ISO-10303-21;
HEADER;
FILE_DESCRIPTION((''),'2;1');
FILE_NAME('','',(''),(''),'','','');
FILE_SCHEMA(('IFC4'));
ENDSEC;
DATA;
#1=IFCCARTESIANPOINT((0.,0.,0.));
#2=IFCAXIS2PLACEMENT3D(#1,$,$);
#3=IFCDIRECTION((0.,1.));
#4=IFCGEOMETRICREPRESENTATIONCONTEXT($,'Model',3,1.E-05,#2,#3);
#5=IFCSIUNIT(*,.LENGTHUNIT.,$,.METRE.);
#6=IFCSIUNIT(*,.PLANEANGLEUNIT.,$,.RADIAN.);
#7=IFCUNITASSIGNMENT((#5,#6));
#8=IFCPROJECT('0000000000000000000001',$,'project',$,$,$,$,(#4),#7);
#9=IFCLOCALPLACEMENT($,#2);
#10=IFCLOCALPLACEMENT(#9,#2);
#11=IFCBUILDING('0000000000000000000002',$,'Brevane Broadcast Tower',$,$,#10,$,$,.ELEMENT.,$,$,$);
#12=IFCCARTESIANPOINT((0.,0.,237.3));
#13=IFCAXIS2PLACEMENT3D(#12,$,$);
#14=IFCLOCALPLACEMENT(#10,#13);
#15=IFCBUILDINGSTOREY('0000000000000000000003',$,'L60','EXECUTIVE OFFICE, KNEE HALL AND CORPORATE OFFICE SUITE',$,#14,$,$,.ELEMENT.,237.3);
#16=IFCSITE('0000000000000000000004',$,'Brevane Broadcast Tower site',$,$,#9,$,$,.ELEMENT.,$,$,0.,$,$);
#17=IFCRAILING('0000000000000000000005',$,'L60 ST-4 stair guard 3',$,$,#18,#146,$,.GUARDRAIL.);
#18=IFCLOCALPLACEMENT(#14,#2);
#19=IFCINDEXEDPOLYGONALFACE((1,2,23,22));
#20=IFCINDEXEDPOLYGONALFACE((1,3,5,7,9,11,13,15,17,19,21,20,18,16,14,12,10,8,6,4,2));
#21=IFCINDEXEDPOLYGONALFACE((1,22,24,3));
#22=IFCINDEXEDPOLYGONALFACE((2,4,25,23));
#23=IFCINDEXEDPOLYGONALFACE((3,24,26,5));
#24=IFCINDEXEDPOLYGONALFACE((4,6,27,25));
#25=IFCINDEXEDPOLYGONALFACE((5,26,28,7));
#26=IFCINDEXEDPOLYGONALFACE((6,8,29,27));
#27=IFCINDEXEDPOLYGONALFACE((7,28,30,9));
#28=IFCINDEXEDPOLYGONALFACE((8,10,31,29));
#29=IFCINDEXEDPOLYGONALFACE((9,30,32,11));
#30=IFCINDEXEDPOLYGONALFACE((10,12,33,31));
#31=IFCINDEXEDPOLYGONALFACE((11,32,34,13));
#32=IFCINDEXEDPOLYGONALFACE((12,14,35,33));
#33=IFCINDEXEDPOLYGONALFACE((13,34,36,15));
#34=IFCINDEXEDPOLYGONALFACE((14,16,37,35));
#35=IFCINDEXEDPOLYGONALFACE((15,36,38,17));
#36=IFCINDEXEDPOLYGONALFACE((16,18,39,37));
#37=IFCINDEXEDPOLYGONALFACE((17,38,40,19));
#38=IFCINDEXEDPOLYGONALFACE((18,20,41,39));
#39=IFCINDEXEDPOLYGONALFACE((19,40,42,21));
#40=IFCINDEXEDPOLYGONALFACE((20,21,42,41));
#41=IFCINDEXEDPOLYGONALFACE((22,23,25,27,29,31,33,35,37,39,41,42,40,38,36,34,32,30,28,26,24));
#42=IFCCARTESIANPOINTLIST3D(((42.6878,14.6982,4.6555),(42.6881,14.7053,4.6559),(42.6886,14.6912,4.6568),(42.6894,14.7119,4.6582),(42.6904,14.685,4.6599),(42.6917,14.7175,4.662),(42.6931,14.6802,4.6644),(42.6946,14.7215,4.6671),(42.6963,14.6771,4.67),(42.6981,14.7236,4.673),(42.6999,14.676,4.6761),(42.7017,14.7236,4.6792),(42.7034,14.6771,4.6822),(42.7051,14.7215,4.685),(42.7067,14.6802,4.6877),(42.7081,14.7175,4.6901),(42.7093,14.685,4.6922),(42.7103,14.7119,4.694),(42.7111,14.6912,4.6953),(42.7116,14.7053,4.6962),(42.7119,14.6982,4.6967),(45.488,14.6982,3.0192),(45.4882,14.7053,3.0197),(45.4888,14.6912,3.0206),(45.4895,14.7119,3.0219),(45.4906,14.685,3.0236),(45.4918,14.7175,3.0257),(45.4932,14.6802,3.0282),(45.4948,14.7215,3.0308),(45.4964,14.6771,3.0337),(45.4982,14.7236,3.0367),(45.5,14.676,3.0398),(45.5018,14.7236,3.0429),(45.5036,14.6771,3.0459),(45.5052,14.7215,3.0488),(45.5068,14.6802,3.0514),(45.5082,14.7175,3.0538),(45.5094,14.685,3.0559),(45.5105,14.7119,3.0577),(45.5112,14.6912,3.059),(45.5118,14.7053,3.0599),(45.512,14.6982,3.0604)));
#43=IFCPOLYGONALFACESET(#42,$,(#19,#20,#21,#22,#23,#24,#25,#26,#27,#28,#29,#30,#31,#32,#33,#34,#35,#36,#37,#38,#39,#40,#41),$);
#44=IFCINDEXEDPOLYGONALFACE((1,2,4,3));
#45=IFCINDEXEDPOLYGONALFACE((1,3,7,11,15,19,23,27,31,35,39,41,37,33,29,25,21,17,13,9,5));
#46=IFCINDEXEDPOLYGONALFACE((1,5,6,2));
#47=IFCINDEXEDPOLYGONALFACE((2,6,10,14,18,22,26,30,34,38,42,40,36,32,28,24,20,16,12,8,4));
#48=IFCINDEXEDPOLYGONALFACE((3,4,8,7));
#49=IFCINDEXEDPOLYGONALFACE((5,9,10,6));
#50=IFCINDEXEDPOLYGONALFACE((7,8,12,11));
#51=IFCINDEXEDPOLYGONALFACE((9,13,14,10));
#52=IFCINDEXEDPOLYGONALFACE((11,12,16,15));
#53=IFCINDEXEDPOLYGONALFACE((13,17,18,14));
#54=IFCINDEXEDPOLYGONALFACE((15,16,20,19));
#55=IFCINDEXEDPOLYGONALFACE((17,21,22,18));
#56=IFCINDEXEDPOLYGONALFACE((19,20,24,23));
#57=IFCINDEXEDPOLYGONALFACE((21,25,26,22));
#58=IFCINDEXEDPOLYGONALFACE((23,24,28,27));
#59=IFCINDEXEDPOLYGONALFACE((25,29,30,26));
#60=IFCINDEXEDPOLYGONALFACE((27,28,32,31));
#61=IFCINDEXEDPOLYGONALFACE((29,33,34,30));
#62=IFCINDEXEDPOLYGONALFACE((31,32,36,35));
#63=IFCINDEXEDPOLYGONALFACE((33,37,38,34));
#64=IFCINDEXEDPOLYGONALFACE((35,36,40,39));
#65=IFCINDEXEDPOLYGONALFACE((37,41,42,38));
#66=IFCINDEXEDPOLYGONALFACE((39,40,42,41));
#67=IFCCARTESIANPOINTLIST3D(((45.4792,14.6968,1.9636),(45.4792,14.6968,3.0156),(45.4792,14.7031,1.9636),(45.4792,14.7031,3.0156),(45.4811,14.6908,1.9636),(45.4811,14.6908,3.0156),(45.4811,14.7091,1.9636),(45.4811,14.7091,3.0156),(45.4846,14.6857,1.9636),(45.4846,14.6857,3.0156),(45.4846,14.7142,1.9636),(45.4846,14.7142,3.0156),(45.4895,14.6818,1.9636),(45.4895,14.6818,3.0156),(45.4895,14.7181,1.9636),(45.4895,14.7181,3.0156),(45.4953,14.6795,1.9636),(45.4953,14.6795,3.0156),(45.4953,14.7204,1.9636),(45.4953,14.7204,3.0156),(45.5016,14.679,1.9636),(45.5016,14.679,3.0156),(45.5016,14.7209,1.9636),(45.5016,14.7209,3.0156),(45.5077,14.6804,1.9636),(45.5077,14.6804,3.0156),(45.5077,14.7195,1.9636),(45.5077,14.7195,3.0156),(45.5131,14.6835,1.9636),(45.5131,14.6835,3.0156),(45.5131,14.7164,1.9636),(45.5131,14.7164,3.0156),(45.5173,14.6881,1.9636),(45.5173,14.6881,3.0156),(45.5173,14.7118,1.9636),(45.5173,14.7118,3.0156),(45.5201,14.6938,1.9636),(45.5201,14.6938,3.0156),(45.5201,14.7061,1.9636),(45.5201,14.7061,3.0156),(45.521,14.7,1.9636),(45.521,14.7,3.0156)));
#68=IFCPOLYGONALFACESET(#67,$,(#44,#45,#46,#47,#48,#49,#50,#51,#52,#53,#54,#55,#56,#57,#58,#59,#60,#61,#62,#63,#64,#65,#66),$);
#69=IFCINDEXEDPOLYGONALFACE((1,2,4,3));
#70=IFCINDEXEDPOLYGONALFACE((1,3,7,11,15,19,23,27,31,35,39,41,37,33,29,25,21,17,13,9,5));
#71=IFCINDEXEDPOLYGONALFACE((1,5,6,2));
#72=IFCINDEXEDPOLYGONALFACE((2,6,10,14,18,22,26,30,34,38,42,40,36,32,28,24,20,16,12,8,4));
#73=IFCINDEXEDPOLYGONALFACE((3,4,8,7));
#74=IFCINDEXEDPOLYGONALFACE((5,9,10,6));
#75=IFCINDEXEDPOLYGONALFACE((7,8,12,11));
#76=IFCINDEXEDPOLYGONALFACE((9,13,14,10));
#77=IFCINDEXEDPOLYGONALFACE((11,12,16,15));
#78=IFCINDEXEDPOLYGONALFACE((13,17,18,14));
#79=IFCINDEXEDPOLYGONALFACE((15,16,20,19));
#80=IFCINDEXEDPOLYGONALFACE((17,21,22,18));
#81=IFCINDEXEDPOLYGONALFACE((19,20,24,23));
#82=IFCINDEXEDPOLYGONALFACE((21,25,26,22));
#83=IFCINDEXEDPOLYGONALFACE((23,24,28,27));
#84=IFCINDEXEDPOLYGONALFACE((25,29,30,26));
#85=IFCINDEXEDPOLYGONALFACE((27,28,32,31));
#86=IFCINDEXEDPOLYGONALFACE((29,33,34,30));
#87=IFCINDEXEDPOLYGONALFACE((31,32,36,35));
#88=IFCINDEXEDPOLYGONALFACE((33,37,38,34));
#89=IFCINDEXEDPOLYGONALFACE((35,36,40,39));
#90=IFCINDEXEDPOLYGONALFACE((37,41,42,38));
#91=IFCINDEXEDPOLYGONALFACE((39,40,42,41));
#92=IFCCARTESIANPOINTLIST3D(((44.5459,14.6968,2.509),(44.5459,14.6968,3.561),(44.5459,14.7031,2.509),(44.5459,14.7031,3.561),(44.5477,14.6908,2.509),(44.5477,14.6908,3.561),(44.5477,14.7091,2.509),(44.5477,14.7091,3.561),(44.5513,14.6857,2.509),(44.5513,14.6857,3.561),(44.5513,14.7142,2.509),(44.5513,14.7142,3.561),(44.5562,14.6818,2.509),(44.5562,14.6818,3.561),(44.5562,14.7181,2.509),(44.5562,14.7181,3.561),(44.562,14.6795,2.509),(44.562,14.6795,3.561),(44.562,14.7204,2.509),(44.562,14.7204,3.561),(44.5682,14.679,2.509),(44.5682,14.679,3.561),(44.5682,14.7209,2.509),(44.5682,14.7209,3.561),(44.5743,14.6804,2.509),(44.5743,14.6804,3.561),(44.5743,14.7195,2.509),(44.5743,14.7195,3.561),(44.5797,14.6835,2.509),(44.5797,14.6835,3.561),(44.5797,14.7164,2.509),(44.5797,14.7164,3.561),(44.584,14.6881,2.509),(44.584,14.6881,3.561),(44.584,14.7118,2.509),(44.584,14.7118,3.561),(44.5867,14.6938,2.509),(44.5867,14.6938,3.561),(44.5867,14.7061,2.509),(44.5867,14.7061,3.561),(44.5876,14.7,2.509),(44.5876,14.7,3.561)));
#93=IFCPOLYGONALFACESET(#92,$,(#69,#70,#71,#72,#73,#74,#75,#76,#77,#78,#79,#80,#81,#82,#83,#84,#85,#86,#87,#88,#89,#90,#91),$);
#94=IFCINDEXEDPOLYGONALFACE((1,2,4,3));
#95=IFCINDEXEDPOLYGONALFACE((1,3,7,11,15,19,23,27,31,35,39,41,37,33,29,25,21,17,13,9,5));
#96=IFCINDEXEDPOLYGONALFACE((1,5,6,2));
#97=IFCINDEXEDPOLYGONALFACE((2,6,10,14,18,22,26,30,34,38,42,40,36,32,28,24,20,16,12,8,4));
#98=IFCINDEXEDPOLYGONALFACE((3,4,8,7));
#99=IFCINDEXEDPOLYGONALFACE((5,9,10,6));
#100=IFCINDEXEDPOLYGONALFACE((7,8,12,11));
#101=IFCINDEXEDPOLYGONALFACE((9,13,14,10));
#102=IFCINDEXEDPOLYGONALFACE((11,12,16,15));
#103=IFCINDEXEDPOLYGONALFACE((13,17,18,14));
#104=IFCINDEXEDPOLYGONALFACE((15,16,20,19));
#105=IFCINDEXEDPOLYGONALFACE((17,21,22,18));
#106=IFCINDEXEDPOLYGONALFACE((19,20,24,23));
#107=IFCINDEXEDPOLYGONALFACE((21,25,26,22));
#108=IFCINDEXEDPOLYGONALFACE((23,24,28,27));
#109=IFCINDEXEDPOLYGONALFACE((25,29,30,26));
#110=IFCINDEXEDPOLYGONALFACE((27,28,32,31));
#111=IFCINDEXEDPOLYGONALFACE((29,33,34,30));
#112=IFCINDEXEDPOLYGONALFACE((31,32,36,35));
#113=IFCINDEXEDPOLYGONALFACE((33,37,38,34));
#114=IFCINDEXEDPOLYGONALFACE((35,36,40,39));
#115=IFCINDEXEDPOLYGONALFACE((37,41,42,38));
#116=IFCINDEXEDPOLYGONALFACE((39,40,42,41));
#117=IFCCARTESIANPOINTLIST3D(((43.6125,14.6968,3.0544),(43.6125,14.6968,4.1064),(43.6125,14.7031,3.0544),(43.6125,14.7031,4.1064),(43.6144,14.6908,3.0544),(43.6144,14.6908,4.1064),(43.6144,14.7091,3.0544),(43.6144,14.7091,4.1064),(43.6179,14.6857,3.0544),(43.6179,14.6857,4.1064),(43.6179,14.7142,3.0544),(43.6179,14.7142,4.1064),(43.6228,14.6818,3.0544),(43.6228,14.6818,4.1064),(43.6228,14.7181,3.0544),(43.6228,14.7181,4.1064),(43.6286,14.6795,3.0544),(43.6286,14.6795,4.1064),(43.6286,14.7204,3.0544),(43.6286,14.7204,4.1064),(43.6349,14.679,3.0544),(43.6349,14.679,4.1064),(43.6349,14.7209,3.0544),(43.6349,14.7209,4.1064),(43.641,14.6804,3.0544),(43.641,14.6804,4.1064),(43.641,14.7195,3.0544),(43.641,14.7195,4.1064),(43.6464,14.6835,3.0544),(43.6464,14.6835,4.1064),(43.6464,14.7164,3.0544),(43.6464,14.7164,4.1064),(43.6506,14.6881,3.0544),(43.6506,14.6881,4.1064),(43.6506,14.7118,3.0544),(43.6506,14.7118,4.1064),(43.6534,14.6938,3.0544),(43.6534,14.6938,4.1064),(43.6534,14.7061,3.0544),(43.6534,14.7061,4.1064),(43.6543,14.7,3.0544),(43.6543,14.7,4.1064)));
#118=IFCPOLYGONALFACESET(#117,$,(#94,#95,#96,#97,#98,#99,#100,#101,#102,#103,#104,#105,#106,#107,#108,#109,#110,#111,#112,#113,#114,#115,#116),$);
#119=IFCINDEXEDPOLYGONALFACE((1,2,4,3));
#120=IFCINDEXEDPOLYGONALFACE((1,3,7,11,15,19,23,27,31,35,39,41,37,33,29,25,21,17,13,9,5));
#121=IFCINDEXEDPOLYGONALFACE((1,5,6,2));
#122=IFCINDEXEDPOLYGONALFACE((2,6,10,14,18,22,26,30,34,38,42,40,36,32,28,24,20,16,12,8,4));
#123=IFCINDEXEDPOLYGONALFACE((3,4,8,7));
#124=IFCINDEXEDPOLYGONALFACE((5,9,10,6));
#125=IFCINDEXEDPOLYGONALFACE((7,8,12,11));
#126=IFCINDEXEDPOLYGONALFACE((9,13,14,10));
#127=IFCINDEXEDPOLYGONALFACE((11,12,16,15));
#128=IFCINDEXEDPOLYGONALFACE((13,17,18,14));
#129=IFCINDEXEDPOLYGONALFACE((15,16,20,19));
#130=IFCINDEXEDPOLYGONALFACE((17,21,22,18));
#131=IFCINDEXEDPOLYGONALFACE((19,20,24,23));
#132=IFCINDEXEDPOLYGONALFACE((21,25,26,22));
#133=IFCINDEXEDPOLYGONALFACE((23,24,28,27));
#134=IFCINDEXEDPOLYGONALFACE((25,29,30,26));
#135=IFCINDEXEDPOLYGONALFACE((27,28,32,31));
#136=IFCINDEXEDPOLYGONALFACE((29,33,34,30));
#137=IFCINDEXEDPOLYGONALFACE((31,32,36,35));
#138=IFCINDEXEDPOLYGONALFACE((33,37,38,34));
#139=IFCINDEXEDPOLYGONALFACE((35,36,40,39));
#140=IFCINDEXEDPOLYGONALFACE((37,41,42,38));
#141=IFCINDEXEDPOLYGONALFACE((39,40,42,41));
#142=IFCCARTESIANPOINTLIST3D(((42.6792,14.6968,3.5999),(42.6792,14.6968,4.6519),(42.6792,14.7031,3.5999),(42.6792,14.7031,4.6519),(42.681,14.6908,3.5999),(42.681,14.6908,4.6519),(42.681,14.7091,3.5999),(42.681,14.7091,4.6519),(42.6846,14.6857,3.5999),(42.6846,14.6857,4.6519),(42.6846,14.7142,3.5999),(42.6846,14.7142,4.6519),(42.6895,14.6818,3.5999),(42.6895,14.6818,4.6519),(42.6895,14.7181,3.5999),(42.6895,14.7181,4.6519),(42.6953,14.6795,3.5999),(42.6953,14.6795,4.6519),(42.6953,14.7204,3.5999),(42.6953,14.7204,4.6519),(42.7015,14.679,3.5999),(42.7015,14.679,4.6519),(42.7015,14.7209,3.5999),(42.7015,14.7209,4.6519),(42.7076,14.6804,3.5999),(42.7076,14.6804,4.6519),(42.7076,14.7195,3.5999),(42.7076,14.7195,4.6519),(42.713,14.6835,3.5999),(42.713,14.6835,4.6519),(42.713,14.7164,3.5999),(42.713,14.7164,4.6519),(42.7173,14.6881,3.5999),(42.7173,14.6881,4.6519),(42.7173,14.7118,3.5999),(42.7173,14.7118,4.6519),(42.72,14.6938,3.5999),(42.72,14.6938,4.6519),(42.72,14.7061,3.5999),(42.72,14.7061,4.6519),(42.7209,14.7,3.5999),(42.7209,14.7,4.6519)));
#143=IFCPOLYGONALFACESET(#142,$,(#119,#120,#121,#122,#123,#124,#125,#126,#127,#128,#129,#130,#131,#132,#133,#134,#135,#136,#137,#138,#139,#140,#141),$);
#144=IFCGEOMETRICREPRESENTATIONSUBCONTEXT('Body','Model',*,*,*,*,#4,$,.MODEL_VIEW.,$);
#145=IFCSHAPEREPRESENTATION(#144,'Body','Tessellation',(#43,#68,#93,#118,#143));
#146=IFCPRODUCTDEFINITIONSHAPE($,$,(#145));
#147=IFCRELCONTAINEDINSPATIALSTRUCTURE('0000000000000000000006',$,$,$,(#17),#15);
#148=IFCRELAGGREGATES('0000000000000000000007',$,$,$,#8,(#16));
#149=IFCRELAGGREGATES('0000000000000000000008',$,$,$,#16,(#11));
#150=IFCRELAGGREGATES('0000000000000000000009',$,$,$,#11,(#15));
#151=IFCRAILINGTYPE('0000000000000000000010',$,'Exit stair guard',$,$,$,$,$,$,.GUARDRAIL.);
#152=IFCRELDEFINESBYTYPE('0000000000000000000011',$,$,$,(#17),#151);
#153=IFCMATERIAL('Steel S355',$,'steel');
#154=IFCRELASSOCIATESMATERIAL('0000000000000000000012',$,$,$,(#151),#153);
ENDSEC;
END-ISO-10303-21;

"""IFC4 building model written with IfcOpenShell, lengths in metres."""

from ifc_helpers import new_model, si_unit, direction, frame, origin, origin_2d, place, context, subcontext, project, spatial, circle, extrude, material, type_object, element, save


model = new_model("IFC4")

# Units and contexts
model_context = context("Model", 3, precision=1e-05, world=origin(), true_north=direction((0.0, 1.0)))
body_context = subcontext(model_context, "Body", "Model", "MODEL_VIEW")
ifc_project = project(units=[si_unit("LENGTHUNIT", "METRE"), si_unit("PLANEANGLEUNIT", "RADIAN")], contexts=[model_context])

# Site, building, storey
site_placement = place(None, origin())
site = spatial("IfcSite", under=ifc_project, at=site_placement, Name="Brevane Broadcast Tower site", CompositionType="ELEMENT", RefElevation=0.0)
building_placement = place(site_placement, origin())
building = spatial("IfcBuilding", under=site, at=building_placement, Name="Brevane Broadcast Tower", CompositionType="ELEMENT")
storey_placement = place(building_placement, frame((0.0, 0.0, 237.3)))
storey = spatial("IfcBuildingStorey", under=building, at=storey_placement, Name="L60", Description="EXECUTIVE OFFICE, KNEE HALL AND CORPORATE OFFICE SUITE", CompositionType="ELEMENT", Elevation=237.3)

# Railing
ifc_material_1 = material(Name="Steel S355", Category="steel")
railing_type_1 = type_object("IfcRailingType", Name="Exit stair guard", PredefinedType="GUARDRAIL", material=ifc_material_1)
railing_1_placement = place(storey_placement, frame((45.5, 14.7, 1.9636)))
element("IfcRailing", 1, at=railing_1_placement, inside=storey, type_object=railing_type_1, Name="L60 ST-4 stair guard 3", PredefinedType="GUARDRAIL", context=body_context, shape_type="SweptSolid", body=[
    extrude(circle(Radius=0.0239, at=origin_2d()), frame((0.0, 0.0, 1.0762), z_axis=(-0.863394, 0.0, 0.504531), x_axis=(0.0, -1.0, 0.0)), (0.0, 0.0, 1.0), 3.2432),
    extrude(circle(Radius=0.021, at=origin_2d()), origin(), (0.0, 0.0, 1.0), 1.052),
    extrude(circle(Radius=0.021, at=origin_2d()), frame((-0.9333, 0.0, 0.5454)), (0.0, 0.0, 1.0), 1.052),
    extrude(circle(Radius=0.021, at=origin_2d()), frame((-1.8667, 0.0, 1.0908)), (0.0, 0.0, 1.0), 1.052),
    extrude(circle(Radius=0.021, at=origin_2d()), frame((-2.8, 0.0, 1.6362)), (0.0, 0.0, 1.0), 1.052),
])

save(model, "model.ifc")
